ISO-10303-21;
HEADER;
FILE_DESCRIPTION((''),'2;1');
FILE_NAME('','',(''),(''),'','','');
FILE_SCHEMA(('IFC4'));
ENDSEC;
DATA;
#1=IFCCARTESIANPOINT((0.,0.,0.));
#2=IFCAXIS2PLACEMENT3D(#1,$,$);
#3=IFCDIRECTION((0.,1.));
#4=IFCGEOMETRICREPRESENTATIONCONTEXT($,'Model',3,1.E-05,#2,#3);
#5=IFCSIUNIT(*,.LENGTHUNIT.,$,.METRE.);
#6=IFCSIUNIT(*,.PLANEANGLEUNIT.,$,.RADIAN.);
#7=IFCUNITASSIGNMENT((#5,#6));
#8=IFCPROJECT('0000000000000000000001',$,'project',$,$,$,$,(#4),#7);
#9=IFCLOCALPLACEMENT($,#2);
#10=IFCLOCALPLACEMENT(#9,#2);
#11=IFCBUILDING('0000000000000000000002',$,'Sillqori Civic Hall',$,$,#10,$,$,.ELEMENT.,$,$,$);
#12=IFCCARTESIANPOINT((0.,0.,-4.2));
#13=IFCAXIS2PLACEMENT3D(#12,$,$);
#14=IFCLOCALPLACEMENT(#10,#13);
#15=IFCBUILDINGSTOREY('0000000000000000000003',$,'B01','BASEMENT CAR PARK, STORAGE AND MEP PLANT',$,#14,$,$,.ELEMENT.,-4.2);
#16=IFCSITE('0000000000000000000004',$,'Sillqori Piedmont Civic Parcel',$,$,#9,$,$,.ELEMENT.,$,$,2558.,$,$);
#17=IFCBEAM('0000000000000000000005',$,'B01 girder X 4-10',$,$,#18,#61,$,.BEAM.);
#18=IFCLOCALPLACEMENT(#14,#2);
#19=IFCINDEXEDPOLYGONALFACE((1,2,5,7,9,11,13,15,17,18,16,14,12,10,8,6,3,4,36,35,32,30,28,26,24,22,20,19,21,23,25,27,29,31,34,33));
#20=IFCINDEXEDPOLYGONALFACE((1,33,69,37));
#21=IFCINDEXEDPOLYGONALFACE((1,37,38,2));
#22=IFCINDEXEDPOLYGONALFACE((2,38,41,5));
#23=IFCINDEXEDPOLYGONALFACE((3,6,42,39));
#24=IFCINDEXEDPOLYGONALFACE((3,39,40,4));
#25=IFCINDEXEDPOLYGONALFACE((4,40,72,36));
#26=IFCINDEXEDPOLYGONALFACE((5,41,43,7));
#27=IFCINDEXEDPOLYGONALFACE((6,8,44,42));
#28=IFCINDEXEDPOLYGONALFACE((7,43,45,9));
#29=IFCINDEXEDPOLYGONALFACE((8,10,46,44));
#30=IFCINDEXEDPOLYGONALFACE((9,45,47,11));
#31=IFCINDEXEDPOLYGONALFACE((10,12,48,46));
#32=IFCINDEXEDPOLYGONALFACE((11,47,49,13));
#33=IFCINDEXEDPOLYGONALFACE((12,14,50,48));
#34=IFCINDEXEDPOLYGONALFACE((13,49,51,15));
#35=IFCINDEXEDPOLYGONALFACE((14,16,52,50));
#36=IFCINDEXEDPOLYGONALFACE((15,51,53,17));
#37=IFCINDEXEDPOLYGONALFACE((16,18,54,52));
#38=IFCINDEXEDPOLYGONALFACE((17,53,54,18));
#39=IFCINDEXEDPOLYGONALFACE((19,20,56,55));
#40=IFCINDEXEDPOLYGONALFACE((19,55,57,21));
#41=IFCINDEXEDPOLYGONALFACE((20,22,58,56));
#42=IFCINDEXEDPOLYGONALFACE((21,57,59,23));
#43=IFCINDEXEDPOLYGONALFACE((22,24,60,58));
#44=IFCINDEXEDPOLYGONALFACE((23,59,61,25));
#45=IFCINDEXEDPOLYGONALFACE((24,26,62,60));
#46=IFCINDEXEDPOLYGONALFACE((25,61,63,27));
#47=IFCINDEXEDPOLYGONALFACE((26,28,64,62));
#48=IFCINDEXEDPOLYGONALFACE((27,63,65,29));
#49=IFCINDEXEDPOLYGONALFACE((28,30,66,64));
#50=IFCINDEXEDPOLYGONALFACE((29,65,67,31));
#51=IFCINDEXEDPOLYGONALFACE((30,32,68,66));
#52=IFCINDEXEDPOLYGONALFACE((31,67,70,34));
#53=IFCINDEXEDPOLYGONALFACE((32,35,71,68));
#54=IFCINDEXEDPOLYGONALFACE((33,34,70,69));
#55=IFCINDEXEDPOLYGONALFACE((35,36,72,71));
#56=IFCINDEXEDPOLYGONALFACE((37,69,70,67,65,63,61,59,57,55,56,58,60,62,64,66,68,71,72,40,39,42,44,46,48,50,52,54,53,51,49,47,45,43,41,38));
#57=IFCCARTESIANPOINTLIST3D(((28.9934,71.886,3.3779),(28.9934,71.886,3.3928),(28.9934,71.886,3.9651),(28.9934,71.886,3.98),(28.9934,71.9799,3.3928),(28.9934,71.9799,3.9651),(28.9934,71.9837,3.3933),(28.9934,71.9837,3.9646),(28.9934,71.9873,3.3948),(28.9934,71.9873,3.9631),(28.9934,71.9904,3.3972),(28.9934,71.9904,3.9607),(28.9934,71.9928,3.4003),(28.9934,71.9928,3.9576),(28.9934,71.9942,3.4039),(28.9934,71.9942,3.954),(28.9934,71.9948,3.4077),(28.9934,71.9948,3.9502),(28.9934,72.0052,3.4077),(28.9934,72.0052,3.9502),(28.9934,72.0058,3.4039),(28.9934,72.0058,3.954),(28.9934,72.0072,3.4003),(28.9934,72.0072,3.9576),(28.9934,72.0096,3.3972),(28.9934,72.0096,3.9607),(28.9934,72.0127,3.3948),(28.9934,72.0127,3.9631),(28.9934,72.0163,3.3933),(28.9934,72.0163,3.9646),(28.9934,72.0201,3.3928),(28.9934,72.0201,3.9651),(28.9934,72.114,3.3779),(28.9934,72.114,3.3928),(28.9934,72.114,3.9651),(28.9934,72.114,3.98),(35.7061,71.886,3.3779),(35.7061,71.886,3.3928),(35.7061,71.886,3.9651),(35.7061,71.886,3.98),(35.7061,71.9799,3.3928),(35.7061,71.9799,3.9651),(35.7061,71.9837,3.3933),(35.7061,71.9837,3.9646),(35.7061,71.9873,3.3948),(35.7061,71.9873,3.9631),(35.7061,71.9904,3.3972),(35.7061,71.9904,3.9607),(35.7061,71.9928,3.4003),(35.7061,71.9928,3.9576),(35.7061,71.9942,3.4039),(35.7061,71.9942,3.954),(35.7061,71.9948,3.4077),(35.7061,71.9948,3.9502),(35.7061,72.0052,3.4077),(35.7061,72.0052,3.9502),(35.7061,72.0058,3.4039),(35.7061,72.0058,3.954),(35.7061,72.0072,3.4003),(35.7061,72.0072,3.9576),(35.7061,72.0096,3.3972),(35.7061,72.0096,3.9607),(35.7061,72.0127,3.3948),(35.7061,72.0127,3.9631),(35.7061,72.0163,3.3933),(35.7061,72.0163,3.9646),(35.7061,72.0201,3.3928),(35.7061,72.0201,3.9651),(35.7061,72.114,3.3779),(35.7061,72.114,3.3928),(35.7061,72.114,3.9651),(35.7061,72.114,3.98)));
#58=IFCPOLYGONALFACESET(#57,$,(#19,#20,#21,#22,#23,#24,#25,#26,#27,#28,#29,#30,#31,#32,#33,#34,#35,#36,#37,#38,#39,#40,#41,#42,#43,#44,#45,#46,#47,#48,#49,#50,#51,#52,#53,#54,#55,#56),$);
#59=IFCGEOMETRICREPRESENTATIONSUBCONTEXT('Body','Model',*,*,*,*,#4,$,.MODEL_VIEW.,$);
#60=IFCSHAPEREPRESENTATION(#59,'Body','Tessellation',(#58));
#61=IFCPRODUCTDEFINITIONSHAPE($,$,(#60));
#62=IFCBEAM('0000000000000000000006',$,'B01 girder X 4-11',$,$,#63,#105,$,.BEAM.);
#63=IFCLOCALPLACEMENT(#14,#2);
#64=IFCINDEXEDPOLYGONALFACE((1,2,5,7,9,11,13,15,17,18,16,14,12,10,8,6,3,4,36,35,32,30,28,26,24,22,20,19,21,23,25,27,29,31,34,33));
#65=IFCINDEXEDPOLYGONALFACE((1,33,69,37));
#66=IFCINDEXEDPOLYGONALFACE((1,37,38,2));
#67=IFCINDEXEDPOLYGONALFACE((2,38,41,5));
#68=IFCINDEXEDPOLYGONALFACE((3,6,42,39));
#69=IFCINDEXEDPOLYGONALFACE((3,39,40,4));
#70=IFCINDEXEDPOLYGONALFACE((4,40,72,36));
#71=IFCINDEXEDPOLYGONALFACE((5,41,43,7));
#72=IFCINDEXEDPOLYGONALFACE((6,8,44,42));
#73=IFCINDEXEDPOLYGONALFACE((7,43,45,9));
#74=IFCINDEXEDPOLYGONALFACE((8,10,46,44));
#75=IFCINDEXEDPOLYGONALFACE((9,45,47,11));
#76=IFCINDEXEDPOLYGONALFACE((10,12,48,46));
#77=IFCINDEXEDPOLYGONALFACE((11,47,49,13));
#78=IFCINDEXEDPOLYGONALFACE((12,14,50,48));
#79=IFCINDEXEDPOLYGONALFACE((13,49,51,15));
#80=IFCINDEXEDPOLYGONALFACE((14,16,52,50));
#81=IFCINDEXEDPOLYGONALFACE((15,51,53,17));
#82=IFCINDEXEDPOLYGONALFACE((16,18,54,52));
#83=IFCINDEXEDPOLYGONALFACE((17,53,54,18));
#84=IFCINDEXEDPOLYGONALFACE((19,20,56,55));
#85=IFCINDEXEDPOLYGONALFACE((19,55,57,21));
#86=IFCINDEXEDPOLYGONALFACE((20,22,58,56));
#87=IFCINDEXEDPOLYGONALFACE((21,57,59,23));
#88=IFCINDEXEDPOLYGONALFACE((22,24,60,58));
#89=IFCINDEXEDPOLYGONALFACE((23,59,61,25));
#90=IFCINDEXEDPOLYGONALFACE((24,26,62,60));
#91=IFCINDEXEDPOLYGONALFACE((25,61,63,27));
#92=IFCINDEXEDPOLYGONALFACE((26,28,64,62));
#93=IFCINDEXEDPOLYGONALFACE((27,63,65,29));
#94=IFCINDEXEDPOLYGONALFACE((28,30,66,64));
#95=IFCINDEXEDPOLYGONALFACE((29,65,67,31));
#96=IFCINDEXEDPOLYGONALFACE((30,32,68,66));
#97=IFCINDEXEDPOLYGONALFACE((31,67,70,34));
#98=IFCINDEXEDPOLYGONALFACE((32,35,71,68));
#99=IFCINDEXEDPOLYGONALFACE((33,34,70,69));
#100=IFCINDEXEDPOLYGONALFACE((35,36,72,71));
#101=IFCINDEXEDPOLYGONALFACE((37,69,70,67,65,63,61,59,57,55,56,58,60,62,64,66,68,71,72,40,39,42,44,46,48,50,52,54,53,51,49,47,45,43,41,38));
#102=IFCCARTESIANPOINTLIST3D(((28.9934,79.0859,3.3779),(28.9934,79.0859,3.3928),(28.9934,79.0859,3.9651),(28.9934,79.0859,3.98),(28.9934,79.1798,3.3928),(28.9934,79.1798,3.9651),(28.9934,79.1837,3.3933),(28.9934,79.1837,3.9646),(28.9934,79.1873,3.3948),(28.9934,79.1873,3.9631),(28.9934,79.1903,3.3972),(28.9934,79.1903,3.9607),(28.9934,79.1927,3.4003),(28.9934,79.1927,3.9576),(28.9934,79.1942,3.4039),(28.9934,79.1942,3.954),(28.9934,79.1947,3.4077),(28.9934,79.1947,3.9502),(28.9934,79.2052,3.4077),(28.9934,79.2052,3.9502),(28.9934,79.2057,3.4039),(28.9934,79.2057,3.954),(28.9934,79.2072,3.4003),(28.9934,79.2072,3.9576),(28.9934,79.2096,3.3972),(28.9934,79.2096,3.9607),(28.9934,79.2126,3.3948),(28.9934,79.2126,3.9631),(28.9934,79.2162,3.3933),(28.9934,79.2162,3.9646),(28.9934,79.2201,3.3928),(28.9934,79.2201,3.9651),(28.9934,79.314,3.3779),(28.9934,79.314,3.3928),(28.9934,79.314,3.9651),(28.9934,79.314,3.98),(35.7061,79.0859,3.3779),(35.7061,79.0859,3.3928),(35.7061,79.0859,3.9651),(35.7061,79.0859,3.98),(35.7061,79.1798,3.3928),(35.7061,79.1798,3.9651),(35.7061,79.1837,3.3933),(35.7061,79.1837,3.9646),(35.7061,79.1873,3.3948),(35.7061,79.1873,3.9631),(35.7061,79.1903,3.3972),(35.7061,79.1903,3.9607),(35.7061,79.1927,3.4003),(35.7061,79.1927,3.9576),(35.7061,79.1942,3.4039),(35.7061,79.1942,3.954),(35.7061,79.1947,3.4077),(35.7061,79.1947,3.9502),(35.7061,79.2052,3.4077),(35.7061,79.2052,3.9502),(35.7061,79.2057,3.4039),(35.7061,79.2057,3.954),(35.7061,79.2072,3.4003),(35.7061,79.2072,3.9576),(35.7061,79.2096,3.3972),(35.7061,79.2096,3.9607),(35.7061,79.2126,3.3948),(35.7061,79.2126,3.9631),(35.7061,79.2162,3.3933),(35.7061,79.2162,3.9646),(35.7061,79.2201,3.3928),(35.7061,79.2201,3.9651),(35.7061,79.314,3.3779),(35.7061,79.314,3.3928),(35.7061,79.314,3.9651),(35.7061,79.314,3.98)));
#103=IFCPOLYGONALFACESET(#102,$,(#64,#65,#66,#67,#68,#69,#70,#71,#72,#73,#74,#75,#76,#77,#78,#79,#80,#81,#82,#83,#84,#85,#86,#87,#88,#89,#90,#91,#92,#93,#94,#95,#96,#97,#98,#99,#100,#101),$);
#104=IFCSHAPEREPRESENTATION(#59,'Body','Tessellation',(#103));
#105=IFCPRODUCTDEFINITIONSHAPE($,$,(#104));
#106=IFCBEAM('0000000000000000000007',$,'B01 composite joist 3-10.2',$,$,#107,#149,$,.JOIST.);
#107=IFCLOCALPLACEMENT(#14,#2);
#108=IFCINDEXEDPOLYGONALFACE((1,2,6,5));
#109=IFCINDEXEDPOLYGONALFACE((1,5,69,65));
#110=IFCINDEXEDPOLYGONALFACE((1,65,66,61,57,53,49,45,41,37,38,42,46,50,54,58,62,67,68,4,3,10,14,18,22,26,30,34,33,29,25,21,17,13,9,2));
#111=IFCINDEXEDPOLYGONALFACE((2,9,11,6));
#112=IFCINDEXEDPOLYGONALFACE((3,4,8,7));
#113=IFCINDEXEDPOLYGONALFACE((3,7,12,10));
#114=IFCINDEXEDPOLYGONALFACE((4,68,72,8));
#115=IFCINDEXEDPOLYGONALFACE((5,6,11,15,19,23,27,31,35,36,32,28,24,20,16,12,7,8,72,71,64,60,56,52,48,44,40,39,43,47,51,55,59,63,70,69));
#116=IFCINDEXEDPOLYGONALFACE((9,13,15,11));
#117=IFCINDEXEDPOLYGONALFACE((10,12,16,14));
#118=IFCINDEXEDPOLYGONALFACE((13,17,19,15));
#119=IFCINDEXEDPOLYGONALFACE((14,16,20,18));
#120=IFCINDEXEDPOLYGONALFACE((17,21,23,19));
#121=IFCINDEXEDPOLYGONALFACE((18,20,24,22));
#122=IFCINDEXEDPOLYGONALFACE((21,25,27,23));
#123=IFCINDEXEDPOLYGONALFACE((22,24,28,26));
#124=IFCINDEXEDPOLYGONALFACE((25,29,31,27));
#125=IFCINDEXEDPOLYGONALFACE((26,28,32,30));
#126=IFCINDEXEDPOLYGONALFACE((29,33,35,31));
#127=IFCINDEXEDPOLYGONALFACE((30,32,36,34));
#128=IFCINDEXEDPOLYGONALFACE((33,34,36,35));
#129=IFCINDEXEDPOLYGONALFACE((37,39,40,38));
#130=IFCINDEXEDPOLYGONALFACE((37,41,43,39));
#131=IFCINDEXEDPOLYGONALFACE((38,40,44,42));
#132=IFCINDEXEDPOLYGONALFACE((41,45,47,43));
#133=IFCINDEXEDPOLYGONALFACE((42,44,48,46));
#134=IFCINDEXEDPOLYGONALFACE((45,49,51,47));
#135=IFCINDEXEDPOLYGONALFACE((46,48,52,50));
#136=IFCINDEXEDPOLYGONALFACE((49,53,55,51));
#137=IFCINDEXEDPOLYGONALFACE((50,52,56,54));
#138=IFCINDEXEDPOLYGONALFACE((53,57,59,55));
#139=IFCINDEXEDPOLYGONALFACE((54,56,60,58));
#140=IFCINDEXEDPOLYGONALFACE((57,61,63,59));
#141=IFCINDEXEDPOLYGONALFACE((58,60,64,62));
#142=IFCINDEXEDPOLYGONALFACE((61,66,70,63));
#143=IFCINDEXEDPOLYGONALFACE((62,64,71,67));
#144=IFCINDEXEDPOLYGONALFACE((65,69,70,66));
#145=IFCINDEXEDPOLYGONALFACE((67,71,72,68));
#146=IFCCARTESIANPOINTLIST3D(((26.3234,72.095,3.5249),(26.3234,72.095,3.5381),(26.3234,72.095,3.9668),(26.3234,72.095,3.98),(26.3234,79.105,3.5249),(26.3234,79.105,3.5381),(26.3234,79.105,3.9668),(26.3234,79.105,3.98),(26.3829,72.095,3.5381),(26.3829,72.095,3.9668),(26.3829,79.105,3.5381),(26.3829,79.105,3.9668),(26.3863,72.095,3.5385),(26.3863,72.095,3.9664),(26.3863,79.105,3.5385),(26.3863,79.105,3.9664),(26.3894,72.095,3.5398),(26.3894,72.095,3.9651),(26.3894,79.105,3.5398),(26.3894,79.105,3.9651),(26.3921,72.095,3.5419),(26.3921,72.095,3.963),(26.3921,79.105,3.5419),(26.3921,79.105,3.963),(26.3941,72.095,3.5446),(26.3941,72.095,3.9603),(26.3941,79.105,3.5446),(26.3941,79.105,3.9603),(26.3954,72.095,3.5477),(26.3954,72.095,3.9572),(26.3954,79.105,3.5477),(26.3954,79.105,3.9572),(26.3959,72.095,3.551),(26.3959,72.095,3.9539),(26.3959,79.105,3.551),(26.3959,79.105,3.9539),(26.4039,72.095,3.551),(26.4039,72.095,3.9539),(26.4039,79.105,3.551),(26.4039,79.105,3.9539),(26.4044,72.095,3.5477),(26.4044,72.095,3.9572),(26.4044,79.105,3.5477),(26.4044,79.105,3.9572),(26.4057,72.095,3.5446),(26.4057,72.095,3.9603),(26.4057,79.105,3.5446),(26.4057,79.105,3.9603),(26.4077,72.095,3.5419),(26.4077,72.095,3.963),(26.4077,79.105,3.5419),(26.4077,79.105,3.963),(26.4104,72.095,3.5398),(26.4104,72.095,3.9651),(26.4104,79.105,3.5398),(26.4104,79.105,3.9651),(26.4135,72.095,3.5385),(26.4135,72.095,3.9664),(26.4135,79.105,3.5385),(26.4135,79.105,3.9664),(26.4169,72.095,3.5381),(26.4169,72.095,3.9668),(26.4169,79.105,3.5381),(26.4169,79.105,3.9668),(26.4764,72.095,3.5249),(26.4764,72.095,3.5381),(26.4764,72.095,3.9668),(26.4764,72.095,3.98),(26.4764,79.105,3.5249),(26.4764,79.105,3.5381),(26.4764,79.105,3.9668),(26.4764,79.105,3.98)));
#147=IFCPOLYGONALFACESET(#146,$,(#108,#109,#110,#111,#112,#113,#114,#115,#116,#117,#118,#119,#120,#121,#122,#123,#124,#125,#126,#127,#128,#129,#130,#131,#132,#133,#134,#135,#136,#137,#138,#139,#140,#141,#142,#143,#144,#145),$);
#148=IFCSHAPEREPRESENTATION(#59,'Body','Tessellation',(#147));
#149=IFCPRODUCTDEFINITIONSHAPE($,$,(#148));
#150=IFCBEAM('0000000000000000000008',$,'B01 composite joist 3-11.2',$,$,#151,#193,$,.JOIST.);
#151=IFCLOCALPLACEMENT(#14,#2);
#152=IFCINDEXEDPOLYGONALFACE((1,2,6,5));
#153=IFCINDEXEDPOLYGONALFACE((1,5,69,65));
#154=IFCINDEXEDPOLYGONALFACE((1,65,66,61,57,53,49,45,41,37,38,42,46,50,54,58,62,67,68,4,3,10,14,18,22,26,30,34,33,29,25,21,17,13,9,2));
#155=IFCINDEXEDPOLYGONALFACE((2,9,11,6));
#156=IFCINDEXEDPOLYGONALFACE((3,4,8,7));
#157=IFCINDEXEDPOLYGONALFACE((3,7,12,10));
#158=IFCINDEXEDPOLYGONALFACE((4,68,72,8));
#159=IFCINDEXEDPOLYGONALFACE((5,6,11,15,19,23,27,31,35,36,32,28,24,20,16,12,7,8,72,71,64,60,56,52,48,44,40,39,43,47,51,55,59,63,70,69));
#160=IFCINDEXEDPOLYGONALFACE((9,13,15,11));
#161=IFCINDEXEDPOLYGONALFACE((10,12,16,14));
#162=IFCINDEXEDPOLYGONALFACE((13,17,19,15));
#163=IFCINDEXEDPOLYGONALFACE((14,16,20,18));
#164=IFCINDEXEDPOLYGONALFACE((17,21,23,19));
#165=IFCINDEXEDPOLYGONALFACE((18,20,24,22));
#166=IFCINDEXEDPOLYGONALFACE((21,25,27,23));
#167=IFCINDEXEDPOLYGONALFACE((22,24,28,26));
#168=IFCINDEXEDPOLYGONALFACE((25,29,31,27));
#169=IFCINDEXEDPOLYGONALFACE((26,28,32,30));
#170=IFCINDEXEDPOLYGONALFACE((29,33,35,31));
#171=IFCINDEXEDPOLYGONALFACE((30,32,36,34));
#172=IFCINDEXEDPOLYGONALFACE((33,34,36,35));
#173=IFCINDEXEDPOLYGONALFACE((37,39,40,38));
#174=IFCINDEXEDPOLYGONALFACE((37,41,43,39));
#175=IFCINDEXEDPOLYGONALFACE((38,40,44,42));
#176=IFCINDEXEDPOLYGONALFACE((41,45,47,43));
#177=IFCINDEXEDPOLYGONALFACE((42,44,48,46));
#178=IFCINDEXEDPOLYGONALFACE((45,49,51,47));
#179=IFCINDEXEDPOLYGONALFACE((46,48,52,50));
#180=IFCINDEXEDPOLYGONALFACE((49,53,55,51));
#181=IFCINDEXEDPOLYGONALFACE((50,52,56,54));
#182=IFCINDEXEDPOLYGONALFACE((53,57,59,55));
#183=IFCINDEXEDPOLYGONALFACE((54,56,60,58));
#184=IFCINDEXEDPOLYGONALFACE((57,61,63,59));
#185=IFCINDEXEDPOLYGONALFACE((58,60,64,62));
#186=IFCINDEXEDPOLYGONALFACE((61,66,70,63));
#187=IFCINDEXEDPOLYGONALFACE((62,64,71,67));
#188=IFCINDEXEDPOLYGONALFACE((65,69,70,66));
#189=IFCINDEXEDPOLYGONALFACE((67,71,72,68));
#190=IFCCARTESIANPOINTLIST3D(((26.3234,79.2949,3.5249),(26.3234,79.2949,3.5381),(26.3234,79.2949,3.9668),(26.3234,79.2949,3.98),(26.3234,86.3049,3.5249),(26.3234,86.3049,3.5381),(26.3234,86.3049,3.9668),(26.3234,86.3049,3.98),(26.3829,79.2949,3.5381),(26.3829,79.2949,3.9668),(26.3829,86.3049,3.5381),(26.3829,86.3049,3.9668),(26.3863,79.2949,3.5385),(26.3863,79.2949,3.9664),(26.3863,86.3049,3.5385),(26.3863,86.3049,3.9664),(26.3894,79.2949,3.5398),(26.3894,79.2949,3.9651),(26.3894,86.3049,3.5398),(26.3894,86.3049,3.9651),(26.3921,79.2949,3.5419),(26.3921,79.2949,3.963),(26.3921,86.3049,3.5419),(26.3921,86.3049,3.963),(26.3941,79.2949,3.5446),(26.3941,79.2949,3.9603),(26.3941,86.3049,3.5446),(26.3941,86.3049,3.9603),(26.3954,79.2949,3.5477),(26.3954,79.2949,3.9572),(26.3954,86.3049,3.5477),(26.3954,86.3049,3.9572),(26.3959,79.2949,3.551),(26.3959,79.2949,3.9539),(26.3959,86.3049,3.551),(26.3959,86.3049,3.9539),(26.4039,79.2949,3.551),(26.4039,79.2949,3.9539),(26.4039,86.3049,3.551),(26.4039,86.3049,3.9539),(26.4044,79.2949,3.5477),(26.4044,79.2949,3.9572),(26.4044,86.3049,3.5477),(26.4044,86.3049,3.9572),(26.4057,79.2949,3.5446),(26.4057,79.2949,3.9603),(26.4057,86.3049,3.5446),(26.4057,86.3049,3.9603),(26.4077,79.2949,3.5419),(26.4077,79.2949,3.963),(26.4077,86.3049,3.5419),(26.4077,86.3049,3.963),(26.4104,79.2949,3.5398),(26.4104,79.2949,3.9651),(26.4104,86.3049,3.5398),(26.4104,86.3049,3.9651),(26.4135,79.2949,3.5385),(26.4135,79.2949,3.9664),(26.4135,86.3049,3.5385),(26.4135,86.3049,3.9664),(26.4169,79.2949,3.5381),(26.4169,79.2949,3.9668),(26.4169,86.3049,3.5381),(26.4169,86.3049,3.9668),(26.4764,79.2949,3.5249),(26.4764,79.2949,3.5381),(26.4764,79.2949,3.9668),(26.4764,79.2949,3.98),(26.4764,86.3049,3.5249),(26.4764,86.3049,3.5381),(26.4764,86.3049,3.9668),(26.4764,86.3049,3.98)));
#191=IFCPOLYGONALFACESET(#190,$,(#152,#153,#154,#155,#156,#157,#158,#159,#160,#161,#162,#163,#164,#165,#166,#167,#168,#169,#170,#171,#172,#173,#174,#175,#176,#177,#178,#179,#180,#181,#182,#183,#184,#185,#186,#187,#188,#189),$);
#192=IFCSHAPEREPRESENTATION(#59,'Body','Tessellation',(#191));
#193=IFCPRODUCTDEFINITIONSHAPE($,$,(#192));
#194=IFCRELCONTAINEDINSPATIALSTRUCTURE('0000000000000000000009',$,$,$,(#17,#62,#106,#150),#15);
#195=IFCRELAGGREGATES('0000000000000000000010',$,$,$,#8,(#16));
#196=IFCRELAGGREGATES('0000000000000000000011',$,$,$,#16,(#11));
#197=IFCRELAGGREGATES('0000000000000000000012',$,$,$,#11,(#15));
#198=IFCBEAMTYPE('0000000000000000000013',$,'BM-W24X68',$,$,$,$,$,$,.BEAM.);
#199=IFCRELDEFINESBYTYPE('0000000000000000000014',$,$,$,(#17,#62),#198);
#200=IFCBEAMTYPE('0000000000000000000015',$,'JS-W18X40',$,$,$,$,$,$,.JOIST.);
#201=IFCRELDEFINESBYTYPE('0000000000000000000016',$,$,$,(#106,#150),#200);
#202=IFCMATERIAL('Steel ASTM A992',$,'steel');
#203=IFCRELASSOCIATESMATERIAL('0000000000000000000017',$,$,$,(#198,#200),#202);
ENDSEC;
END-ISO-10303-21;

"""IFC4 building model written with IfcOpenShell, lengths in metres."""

from ifc_helpers import new_model, si_unit, direction, frame, origin, origin_2d, place, context, subcontext, project, spatial, i_section, extrude, material, material_profile, profile_set, type_object, element, save


model = new_model("IFC4")

# Units and contexts
model_context = context("Model", 3, precision=1e-05, world=origin(), true_north=direction((0.0, 1.0)))
body_context = subcontext(model_context, "Body", "Model", "MODEL_VIEW")
ifc_project = project(units=[si_unit("LENGTHUNIT", "METRE"), si_unit("PLANEANGLEUNIT", "RADIAN")], contexts=[model_context])

# Site, building, storey
site_placement = place(None, origin())
site = spatial("IfcSite", under=ifc_project, at=site_placement, Name="Sillqori Piedmont Civic Parcel", CompositionType="ELEMENT", RefElevation=2558.0)
building_placement = place(site_placement, origin())
building = spatial("IfcBuilding", under=site, at=building_placement, Name="Sillqori Civic Hall", CompositionType="ELEMENT")
storey_placement = place(building_placement, frame((0.0, 0.0, -4.2)))
storey = spatial("IfcBuildingStorey", under=building, at=storey_placement, Name="B01", Description="BASEMENT CAR PARK, STORAGE AND MEP PLANT", CompositionType="ELEMENT", Elevation=-4.2)

# Shared definitions
ifc_material_1 = material(Name="Steel ASTM A992", Category="steel")

# Beams
ifc_material_profile_1 = material_profile(ifc_material_1, i_section(OverallWidth=0.228, OverallDepth=0.6021, WebThickness=0.0105, FlangeThickness=0.0149, FilletRadius=0.0149, at=origin_2d()), Name="W24X68")
ifc_profile_set_1 = profile_set([ifc_material_profile_1], Name="Steel ASTM A992")
beam_type_1 = type_object("IfcBeamType", Name="BM-W24X68", PredefinedType="BEAM", material=ifc_profile_set_1)
for number, where, z_axis, x_axis, name in (
    (1, (28.9934, 72.0, 3.679), (1.0, 0.0, 0.0), (0.0, 1.0, 0.0), "B01 girder X 4-10"),
    (2, (28.9934, 79.2, 3.679), (1.0, 0.0, 0.0), (0.0, 1.0, 0.0), "B01 girder X 4-11"),
):
    element("IfcBeam", number, at=place(storey_placement, frame(where, z_axis=z_axis, x_axis=x_axis)), inside=storey, type_object=beam_type_1, Name=name, PredefinedType="BEAM", context=body_context, shape_type="SweptSolid", body=[
        extrude(i_section(OverallWidth=0.228, OverallDepth=0.6021, WebThickness=0.0105, FlangeThickness=0.0149, FilletRadius=0.0149, at=origin_2d()), origin(), (0.0, 0.0, 1.0), 6.7126),
    ])
ifc_material_profile_2 = material_profile(ifc_material_1, i_section(OverallWidth=0.1531, OverallDepth=0.4551, WebThickness=0.0081, FlangeThickness=0.0132, FilletRadius=0.0129, at=origin_2d()), Name="W18X40")
ifc_profile_set_2 = profile_set([ifc_material_profile_2], Name="Steel ASTM A992")
beam_type_2 = type_object("IfcBeamType", Name="JS-W18X40", PredefinedType="JOIST", material=ifc_profile_set_2)
for number, where, z_axis, x_axis, name in (
    (3, (26.3999, 72.095, 3.7524), (0.0, 1.0, 0.0), (-1.0, 0.0, 0.0), "B01 composite joist 3-10.2"),
    (4, (26.3999, 79.2949, 3.7524), (0.0, 1.0, 0.0), (-1.0, 0.0, 0.0), "B01 composite joist 3-11.2"),
):
    element("IfcBeam", number, at=place(storey_placement, frame(where, z_axis=z_axis, x_axis=x_axis)), inside=storey, type_object=beam_type_2, Name=name, PredefinedType="JOIST", context=body_context, shape_type="SweptSolid", body=[
        extrude(i_section(OverallWidth=0.1531, OverallDepth=0.4551, WebThickness=0.0081, FlangeThickness=0.0132, FilletRadius=0.0129, at=origin_2d()), origin(), (0.0, 0.0, 1.0), 7.01),
    ])

save(model, "model.ifc")
